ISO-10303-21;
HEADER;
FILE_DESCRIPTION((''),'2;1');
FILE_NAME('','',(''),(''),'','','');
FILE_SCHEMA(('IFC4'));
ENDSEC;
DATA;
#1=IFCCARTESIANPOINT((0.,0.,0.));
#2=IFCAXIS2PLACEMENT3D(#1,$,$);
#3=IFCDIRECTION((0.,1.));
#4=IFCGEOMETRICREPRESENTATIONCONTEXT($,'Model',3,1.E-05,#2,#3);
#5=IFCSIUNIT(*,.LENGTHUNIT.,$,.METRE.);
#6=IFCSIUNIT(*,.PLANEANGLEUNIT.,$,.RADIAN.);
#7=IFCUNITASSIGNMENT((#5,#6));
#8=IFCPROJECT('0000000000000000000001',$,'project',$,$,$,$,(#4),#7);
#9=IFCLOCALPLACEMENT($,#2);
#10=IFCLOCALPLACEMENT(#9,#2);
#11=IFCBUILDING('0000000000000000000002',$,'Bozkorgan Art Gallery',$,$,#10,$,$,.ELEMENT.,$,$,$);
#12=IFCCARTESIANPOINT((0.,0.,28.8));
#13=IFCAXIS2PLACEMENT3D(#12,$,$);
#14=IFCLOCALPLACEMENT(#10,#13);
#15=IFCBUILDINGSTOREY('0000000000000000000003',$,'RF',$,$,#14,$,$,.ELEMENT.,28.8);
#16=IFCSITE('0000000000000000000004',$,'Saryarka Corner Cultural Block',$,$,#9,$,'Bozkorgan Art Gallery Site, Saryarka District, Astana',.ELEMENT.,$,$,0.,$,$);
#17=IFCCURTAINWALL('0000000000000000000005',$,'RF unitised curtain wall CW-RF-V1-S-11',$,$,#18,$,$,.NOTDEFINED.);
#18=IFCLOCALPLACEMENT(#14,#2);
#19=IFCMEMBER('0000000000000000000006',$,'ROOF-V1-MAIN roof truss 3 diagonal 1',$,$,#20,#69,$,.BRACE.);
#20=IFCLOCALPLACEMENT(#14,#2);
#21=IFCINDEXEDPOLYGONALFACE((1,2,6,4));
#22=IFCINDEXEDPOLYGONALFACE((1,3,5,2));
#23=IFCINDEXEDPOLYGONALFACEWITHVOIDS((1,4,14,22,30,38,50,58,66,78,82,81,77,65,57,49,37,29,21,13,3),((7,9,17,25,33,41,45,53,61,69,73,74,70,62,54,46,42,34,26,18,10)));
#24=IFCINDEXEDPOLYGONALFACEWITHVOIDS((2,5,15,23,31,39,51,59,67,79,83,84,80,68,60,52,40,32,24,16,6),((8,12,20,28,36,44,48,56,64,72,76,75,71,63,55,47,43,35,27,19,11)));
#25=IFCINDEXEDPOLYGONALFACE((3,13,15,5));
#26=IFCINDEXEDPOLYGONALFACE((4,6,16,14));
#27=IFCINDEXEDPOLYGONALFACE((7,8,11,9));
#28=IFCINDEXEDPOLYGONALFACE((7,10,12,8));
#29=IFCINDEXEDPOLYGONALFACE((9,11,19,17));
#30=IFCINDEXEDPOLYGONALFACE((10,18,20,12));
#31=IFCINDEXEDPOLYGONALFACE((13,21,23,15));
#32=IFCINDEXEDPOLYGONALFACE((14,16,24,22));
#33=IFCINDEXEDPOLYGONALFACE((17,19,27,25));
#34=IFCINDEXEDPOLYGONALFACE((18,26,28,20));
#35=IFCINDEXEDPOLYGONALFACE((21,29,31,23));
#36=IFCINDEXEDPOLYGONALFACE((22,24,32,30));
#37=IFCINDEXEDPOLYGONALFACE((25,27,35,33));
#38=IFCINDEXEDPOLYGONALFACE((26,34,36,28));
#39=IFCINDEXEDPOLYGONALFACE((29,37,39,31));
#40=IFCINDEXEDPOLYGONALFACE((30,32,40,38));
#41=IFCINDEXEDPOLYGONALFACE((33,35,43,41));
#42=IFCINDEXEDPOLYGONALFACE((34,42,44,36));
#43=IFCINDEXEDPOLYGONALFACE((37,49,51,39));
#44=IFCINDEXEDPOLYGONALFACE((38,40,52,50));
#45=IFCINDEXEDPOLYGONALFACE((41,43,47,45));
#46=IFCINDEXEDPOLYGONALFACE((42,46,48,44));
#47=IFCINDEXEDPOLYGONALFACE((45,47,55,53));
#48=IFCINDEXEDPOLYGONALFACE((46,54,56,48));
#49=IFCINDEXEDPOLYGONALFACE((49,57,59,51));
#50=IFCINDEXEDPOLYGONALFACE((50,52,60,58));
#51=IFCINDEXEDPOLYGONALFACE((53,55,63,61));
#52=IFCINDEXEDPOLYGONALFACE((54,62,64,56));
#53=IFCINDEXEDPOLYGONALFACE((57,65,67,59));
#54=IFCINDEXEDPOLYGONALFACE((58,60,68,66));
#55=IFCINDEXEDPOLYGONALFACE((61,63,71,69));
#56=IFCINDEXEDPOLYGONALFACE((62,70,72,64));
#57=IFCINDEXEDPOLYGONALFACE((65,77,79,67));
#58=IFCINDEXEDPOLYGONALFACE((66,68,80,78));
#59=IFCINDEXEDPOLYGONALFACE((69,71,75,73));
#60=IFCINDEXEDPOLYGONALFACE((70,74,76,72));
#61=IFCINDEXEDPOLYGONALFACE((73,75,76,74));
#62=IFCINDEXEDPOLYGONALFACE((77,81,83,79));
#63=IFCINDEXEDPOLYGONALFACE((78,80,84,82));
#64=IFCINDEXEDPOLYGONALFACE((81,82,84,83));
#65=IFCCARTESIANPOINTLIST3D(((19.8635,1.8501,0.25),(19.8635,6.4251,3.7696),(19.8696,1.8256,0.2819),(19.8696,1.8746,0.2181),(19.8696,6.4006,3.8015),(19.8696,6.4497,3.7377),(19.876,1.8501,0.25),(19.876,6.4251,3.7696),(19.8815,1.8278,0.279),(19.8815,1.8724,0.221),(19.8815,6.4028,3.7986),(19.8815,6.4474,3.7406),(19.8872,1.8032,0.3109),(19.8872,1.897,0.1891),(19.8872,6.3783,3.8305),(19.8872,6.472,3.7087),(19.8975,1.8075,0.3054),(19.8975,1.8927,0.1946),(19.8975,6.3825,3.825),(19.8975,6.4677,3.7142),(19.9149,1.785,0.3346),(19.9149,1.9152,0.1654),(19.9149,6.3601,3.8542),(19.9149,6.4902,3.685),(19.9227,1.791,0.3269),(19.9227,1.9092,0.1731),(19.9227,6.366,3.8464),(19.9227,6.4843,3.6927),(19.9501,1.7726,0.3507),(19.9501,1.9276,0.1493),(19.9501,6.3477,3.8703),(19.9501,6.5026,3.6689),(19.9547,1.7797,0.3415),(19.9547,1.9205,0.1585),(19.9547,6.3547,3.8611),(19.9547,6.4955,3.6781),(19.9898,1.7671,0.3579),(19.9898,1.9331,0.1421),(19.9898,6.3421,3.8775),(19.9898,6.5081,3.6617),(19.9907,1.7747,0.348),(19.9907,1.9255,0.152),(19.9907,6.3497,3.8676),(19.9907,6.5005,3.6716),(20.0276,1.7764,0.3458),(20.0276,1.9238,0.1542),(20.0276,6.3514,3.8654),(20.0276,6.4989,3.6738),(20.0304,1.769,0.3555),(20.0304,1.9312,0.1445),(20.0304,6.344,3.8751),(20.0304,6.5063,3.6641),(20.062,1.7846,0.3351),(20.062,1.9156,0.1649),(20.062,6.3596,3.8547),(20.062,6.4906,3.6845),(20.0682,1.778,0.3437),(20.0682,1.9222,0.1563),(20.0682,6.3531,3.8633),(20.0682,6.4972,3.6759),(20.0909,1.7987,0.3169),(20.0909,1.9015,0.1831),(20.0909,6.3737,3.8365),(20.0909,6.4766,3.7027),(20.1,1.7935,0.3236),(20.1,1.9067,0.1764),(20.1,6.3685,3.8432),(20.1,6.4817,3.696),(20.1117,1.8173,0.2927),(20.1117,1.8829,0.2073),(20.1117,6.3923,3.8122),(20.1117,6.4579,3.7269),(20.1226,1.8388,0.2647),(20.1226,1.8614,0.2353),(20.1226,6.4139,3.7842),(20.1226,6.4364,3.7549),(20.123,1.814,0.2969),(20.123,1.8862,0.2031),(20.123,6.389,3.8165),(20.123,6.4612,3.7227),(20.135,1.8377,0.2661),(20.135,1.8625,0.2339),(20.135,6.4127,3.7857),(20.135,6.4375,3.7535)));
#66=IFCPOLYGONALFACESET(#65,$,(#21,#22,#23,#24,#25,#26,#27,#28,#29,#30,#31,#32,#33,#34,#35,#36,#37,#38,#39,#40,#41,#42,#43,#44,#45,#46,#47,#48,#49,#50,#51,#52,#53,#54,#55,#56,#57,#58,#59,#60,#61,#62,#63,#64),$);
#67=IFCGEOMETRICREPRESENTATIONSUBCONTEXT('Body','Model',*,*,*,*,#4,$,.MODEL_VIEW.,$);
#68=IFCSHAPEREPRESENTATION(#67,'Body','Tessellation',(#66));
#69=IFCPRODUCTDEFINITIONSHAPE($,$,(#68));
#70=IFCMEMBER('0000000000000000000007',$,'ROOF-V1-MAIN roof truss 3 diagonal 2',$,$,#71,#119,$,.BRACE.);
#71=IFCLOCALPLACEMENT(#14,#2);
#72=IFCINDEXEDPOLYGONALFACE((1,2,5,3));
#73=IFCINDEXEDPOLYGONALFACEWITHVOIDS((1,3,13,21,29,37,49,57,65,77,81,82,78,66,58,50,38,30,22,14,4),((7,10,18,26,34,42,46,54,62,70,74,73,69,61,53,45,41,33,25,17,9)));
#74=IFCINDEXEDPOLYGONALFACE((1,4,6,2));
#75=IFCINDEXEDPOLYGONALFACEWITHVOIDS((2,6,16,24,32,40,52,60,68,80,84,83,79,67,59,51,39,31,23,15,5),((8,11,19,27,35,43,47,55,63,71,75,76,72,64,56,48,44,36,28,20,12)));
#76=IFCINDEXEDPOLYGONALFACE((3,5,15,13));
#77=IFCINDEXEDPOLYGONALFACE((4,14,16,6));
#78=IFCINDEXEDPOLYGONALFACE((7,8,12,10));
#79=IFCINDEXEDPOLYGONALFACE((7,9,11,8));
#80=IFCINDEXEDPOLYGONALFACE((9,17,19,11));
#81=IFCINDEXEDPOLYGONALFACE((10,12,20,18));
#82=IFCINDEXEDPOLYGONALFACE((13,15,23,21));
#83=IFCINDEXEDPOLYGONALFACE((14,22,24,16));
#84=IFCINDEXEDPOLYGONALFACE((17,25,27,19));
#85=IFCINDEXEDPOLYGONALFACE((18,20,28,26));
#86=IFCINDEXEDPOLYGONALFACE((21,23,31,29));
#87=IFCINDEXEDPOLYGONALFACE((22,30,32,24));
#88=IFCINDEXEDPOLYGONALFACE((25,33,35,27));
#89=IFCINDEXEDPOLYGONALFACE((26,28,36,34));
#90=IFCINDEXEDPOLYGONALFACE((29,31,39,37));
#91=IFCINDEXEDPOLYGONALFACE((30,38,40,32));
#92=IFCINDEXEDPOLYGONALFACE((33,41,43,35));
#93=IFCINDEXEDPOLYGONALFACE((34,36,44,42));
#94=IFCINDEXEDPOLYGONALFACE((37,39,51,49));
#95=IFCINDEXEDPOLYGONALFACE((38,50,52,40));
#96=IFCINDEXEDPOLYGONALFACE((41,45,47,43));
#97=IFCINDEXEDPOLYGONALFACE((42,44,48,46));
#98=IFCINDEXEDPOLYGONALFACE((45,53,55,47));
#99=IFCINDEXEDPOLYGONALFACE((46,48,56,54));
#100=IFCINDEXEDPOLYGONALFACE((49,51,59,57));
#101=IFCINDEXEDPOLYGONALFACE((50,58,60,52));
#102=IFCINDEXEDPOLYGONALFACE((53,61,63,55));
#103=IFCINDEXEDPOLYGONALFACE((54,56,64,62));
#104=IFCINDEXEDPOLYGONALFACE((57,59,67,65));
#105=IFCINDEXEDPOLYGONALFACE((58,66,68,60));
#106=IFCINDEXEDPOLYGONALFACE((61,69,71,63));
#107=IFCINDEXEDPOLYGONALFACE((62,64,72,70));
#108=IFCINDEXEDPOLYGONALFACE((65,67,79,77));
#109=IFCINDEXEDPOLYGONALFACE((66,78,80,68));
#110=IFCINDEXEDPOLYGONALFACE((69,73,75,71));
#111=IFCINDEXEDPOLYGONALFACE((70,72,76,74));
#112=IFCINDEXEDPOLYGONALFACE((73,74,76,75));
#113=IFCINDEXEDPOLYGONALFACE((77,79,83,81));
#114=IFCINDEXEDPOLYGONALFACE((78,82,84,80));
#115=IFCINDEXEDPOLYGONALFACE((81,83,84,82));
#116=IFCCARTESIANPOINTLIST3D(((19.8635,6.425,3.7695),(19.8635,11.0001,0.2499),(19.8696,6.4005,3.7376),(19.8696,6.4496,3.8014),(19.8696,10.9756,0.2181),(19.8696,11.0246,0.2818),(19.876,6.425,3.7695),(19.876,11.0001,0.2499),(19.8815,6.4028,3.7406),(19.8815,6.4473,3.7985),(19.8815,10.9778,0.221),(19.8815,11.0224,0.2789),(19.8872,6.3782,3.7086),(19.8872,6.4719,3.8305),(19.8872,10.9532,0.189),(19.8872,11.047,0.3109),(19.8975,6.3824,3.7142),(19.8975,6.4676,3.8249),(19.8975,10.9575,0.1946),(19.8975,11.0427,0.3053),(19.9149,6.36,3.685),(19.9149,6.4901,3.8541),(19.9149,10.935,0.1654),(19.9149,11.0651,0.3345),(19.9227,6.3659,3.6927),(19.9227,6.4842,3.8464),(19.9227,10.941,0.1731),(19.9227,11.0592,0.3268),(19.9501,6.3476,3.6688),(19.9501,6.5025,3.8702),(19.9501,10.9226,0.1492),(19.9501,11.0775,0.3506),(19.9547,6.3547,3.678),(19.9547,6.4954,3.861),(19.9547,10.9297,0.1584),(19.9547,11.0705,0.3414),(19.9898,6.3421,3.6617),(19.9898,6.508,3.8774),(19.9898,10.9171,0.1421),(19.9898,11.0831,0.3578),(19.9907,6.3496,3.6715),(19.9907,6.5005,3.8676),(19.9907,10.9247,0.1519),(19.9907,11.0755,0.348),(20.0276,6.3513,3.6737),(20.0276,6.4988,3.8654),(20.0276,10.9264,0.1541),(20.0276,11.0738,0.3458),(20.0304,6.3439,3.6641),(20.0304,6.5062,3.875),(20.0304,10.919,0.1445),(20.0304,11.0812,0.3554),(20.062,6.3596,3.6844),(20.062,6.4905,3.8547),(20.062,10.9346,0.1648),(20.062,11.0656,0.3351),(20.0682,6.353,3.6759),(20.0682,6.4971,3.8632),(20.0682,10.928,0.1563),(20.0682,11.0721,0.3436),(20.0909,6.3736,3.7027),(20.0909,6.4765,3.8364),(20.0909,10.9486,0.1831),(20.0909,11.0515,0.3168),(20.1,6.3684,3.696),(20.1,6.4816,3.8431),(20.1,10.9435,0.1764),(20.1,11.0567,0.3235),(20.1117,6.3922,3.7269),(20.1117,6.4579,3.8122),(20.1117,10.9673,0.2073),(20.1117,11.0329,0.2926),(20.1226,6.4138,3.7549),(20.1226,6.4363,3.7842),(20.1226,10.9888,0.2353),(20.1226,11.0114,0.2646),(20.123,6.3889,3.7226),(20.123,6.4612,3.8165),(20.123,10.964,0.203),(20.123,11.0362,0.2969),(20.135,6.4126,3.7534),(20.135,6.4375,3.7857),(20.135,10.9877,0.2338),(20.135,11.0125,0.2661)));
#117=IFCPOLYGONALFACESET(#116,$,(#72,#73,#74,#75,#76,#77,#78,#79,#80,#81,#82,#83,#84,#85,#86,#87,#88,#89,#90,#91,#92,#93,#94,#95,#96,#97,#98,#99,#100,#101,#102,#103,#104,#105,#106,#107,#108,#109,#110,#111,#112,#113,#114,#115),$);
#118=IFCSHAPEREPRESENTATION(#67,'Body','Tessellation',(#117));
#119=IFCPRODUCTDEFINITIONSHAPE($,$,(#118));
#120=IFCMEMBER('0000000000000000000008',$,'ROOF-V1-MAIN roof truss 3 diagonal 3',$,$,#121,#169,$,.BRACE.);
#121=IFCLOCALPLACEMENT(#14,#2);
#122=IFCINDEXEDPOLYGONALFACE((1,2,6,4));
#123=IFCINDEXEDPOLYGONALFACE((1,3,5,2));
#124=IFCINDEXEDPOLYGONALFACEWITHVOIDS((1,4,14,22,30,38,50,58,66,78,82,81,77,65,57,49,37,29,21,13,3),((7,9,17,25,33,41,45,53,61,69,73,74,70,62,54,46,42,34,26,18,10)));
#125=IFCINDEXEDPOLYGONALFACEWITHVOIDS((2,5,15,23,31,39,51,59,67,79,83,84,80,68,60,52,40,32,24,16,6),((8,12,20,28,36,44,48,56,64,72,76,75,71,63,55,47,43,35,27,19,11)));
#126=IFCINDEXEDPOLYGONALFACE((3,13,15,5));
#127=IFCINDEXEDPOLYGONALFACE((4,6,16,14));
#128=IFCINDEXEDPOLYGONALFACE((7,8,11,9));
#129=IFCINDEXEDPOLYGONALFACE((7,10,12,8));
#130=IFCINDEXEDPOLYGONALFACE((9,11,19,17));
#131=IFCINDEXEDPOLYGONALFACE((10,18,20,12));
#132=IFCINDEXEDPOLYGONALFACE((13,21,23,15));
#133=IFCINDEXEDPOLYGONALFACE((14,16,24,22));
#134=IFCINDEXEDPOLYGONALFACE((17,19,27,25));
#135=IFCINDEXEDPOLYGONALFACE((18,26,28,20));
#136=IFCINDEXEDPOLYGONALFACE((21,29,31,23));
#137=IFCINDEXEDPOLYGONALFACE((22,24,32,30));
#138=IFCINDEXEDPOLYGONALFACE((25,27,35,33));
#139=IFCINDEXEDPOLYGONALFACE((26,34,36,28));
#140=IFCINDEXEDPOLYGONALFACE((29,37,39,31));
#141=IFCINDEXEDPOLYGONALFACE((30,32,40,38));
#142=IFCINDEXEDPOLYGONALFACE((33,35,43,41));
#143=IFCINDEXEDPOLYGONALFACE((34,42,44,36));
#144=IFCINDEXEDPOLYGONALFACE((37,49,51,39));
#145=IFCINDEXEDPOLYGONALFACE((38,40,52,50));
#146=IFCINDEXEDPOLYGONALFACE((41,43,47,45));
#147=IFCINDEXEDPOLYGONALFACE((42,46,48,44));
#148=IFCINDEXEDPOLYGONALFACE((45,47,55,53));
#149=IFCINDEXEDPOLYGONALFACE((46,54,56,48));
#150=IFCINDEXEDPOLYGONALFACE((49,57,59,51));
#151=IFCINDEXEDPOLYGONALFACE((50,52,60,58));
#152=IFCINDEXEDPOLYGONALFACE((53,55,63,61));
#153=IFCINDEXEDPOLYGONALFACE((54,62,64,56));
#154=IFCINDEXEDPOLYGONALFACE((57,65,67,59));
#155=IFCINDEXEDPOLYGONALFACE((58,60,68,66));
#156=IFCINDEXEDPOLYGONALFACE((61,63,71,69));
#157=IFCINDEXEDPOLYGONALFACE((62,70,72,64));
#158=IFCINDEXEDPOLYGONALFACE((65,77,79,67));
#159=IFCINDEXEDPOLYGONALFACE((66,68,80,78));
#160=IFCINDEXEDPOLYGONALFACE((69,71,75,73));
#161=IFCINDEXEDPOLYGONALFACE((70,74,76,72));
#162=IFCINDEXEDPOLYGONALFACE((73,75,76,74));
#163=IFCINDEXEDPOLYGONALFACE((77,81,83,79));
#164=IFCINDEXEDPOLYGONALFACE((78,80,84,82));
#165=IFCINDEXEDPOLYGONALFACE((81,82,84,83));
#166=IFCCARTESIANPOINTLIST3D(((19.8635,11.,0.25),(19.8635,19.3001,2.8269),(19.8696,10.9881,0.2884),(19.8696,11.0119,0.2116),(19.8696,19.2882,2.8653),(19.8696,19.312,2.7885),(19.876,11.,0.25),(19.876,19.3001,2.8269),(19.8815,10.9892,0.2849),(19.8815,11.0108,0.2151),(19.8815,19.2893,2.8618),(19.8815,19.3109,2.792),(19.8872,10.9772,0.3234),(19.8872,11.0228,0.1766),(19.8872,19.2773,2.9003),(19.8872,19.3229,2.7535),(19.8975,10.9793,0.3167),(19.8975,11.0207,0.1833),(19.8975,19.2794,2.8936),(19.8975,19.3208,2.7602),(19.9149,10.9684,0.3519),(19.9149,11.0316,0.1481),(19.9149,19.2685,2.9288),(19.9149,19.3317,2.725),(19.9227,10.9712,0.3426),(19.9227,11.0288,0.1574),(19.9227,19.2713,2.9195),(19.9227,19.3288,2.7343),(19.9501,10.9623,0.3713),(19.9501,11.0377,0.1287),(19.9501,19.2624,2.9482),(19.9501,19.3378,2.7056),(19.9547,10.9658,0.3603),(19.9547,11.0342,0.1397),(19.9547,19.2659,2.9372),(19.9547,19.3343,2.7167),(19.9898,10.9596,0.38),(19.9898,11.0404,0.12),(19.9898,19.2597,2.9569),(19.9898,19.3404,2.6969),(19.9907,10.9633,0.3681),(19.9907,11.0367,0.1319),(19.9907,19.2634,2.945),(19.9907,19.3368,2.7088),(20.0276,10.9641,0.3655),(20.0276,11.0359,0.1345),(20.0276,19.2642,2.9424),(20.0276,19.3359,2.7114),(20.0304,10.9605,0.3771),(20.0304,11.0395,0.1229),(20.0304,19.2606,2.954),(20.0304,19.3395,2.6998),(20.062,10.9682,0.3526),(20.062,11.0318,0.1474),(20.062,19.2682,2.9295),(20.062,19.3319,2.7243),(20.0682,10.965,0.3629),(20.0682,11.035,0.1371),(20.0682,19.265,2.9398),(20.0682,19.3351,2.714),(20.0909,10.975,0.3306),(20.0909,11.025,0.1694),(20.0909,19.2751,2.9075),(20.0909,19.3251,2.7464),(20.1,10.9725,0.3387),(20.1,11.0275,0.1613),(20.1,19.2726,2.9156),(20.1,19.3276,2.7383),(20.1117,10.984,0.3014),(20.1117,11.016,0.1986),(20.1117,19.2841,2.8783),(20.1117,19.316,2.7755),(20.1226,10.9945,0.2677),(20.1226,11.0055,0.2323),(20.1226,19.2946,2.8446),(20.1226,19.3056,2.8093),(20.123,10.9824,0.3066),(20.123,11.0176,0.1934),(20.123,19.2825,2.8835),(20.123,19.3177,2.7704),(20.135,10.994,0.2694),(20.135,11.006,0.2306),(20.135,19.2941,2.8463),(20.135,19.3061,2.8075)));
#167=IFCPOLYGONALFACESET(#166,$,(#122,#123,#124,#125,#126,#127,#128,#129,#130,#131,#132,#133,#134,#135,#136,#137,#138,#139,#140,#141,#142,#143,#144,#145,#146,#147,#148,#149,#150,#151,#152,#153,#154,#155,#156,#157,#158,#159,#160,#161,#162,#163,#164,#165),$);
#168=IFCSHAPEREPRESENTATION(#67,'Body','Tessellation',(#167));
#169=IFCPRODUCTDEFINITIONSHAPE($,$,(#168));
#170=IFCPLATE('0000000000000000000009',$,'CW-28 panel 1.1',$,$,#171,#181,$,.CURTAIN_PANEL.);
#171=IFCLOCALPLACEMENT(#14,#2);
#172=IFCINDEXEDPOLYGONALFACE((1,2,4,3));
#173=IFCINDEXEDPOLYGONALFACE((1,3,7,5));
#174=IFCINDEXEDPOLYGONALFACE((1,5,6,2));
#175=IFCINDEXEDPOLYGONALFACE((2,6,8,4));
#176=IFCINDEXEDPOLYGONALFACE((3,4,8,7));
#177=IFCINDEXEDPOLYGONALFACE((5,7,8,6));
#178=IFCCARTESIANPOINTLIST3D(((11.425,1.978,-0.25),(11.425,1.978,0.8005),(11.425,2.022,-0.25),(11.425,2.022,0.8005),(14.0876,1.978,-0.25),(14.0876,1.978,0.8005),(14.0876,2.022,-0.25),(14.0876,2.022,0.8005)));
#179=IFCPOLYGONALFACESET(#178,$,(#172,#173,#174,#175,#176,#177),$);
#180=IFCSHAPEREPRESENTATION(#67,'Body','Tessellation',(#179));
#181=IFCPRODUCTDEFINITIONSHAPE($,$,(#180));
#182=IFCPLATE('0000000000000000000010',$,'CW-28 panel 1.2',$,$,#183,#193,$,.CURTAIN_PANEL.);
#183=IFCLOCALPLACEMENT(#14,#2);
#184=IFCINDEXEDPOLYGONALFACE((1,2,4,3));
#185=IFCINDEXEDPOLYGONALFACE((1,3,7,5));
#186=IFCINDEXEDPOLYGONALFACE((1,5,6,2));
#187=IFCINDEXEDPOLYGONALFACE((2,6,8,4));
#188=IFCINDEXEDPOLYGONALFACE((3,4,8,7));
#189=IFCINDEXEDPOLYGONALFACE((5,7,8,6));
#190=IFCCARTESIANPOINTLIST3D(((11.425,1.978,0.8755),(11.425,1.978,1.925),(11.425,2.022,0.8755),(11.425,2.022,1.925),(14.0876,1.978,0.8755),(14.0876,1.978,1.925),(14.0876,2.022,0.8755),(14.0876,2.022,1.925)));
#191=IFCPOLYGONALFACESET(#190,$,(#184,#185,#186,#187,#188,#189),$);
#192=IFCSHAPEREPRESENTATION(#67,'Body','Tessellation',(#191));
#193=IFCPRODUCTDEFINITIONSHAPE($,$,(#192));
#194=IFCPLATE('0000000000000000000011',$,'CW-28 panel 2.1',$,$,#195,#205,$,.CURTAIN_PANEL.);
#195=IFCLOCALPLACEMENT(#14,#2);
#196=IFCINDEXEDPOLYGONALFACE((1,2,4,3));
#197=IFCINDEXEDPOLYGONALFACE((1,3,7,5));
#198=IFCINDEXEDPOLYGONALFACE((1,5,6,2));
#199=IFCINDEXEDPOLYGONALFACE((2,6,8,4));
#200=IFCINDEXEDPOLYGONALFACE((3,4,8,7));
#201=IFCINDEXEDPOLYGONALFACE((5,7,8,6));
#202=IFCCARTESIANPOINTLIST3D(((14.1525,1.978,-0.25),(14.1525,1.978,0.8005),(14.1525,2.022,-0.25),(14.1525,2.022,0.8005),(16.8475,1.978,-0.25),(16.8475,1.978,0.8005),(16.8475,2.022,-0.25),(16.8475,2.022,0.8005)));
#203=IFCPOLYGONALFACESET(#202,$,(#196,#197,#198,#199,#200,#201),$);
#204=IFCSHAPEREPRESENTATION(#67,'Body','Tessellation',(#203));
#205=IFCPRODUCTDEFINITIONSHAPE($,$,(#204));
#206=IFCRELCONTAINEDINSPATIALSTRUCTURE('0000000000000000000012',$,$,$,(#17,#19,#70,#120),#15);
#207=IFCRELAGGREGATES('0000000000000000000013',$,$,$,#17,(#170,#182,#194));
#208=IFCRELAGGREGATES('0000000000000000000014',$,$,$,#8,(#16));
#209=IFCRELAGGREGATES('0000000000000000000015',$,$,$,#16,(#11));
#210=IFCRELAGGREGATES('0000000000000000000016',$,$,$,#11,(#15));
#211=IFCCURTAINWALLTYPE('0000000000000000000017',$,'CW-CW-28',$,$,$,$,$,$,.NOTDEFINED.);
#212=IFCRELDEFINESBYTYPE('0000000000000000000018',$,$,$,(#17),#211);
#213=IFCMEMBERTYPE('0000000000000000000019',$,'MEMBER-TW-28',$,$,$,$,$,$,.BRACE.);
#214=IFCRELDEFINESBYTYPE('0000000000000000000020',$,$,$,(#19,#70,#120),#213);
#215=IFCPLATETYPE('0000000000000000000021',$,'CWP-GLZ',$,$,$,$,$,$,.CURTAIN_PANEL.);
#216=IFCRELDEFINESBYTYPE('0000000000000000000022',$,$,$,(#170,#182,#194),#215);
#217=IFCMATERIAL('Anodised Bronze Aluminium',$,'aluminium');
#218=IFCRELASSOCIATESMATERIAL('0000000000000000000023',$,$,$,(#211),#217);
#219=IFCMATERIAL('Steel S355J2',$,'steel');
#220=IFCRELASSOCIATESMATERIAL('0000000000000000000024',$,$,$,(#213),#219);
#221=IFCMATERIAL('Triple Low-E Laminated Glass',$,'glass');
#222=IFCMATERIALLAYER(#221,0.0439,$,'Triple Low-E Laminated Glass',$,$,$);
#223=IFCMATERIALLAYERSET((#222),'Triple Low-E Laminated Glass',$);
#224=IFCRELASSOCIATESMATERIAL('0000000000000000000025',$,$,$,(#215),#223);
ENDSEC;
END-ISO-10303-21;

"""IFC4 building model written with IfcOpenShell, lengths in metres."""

from ifc_helpers import new_model, si_unit, direction, frame, origin, origin_2d, place, context, subcontext, project, spatial, rectangle, hollow_circle, extrude, material, layer, layer_set, material_profile, profile_set, type_object, element, aggregate, save


model = new_model("IFC4")

# Units and contexts
model_context = context("Model", 3, precision=1e-05, world=origin(), true_north=direction((0.0, 1.0)))
body_context = subcontext(model_context, "Body", "Model", "MODEL_VIEW")
ifc_project = project(units=[si_unit("LENGTHUNIT", "METRE"), si_unit("PLANEANGLEUNIT", "RADIAN")], contexts=[model_context])

# Site, building, storey
site_placement = place(None, origin())
site = spatial("IfcSite", under=ifc_project, at=site_placement, Name="Saryarka Corner Cultural Block", LongName="Bozkorgan Art Gallery Site, Saryarka District, Astana", CompositionType="ELEMENT", RefElevation=0.0)
building_placement = place(site_placement, origin())
building = spatial("IfcBuilding", under=site, at=building_placement, Name="Bozkorgan Art Gallery", CompositionType="ELEMENT")
storey_placement = place(building_placement, frame((0.0, 0.0, 28.8)))
storey = spatial("IfcBuildingStorey", under=building, at=storey_placement, Name="RF", CompositionType="ELEMENT", Elevation=28.8)

# Shared definitions
ifc_material_1 = material(Name="Steel S355J2", Category="steel")

# Curtain wall
ifc_material_2 = material(Name="Anodised Bronze Aluminium", Category="aluminium")
curtain_wall_type = type_object("IfcCurtainWallType", Name="CW-CW-28", PredefinedType="NOTDEFINED", material=ifc_material_2)
curtain_wall_placement = place(storey_placement, origin())
curtain_wall = element("IfcCurtainWall", 1, at=curtain_wall_placement, inside=storey, type_object=curtain_wall_type, Name="RF unitised curtain wall CW-RF-V1-S-11", PredefinedType="NOTDEFINED")

# Members
ifc_material_profile_1 = material_profile(ifc_material_1, hollow_circle(Radius=0.1365, WallThickness=0.0125, at=origin_2d()), Name="CHS 273x12.5")
ifc_profile_set_1 = profile_set([ifc_material_profile_1], Name="Steel S355J2")
member_type_1 = type_object("IfcMemberType", Name="MEMBER-TW-28", PredefinedType="BRACE", material=ifc_profile_set_1)
for number, where, z_axis, x_axis, name in (
    (2, (20.0, 1.8501, 0.25), (0.0, 0.792596, 0.609748), (-1.0, 0.0, 0.0), "ROOF-V1-MAIN roof truss 3 diagonal 1"),
    (3, (20.0, 6.425, 3.7695), (0.0, 0.792596, -0.609748), (-1.0, 0.0, 0.0), "ROOF-V1-MAIN roof truss 3 diagonal 2"),
):
    element("IfcMember", number, at=place(storey_placement, frame(where, z_axis=z_axis, x_axis=x_axis)), inside=storey, type_object=member_type_1, Name=name, PredefinedType="BRACE", context=body_context, shape_type="SweptSolid", body=[
        extrude(hollow_circle(Radius=0.1365, WallThickness=0.0125, at=origin_2d()), origin(), (0.0, 0.0, 1.0), 5.7722),
    ])
member_1_placement = place(storey_placement, frame((20.0, 11.0, 0.25), z_axis=(0.0, 0.955031, 0.296507), x_axis=(-1.0, 0.0, 0.0)))
element("IfcMember", 4, at=member_1_placement, inside=storey, type_object=member_type_1, Name="ROOF-V1-MAIN roof truss 3 diagonal 3", PredefinedType="BRACE", context=body_context, shape_type="SweptSolid", body=[
    extrude(hollow_circle(Radius=0.1365, WallThickness=0.0125, at=origin_2d()), origin(), (0.0, 0.0, 1.0), 8.6909),
])

# Plates
ifc_material_3 = material(Name="Triple Low-E Laminated Glass", Category="glass")
ifc_layer_1 = layer(ifc_material_3, 0.0439, Name="Triple Low-E Laminated Glass")
ifc_layer_set_1 = layer_set([ifc_layer_1], Name="Triple Low-E Laminated Glass")
plate_type_1 = type_object("IfcPlateType", Name="CWP-GLZ", PredefinedType="CURTAIN_PANEL", material=ifc_layer_set_1)
plate_1_placement = place(storey_placement, frame((12.7563, 2.0, -0.25), z_axis=(0.0, 0.0, 1.0), x_axis=(1.0, 0.0, 0.0)))
plate_1 = element("IfcPlate", 5, at=plate_1_placement, type_object=plate_type_1, Name="CW-28 panel 1.1", PredefinedType="CURTAIN_PANEL", context=body_context, shape_type="SweptSolid", body=[
    extrude(rectangle(XDim=2.6626, YDim=0.0439, at=origin_2d()), origin(), (0.0, 0.0, 1.0), 1.0505),
])
plate_2_placement = place(storey_placement, frame((12.7563, 2.0, 0.8755), z_axis=(0.0, 0.0, 1.0), x_axis=(1.0, 0.0, 0.0)))
plate_2 = element("IfcPlate", 6, at=plate_2_placement, type_object=plate_type_1, Name="CW-28 panel 1.2", PredefinedType="CURTAIN_PANEL", context=body_context, shape_type="SweptSolid", body=[
    extrude(rectangle(XDim=2.6626, YDim=0.0439, at=origin_2d()), origin(), (0.0, 0.0, 1.0), 1.0496),
])
plate_3_placement = place(storey_placement, frame((15.5, 2.0, -0.25), z_axis=(0.0, 0.0, 1.0), x_axis=(1.0, 0.0, 0.0)))
plate_3 = element("IfcPlate", 7, at=plate_3_placement, type_object=plate_type_1, Name="CW-28 panel 2.1", PredefinedType="CURTAIN_PANEL", context=body_context, shape_type="SweptSolid", body=[
    extrude(rectangle(XDim=2.6951, YDim=0.0439, at=origin_2d()), origin(), (0.0, 0.0, 1.0), 1.0505),
])
aggregate(curtain_wall, [plate_1, plate_2, plate_3])

save(model, "model.ifc")
